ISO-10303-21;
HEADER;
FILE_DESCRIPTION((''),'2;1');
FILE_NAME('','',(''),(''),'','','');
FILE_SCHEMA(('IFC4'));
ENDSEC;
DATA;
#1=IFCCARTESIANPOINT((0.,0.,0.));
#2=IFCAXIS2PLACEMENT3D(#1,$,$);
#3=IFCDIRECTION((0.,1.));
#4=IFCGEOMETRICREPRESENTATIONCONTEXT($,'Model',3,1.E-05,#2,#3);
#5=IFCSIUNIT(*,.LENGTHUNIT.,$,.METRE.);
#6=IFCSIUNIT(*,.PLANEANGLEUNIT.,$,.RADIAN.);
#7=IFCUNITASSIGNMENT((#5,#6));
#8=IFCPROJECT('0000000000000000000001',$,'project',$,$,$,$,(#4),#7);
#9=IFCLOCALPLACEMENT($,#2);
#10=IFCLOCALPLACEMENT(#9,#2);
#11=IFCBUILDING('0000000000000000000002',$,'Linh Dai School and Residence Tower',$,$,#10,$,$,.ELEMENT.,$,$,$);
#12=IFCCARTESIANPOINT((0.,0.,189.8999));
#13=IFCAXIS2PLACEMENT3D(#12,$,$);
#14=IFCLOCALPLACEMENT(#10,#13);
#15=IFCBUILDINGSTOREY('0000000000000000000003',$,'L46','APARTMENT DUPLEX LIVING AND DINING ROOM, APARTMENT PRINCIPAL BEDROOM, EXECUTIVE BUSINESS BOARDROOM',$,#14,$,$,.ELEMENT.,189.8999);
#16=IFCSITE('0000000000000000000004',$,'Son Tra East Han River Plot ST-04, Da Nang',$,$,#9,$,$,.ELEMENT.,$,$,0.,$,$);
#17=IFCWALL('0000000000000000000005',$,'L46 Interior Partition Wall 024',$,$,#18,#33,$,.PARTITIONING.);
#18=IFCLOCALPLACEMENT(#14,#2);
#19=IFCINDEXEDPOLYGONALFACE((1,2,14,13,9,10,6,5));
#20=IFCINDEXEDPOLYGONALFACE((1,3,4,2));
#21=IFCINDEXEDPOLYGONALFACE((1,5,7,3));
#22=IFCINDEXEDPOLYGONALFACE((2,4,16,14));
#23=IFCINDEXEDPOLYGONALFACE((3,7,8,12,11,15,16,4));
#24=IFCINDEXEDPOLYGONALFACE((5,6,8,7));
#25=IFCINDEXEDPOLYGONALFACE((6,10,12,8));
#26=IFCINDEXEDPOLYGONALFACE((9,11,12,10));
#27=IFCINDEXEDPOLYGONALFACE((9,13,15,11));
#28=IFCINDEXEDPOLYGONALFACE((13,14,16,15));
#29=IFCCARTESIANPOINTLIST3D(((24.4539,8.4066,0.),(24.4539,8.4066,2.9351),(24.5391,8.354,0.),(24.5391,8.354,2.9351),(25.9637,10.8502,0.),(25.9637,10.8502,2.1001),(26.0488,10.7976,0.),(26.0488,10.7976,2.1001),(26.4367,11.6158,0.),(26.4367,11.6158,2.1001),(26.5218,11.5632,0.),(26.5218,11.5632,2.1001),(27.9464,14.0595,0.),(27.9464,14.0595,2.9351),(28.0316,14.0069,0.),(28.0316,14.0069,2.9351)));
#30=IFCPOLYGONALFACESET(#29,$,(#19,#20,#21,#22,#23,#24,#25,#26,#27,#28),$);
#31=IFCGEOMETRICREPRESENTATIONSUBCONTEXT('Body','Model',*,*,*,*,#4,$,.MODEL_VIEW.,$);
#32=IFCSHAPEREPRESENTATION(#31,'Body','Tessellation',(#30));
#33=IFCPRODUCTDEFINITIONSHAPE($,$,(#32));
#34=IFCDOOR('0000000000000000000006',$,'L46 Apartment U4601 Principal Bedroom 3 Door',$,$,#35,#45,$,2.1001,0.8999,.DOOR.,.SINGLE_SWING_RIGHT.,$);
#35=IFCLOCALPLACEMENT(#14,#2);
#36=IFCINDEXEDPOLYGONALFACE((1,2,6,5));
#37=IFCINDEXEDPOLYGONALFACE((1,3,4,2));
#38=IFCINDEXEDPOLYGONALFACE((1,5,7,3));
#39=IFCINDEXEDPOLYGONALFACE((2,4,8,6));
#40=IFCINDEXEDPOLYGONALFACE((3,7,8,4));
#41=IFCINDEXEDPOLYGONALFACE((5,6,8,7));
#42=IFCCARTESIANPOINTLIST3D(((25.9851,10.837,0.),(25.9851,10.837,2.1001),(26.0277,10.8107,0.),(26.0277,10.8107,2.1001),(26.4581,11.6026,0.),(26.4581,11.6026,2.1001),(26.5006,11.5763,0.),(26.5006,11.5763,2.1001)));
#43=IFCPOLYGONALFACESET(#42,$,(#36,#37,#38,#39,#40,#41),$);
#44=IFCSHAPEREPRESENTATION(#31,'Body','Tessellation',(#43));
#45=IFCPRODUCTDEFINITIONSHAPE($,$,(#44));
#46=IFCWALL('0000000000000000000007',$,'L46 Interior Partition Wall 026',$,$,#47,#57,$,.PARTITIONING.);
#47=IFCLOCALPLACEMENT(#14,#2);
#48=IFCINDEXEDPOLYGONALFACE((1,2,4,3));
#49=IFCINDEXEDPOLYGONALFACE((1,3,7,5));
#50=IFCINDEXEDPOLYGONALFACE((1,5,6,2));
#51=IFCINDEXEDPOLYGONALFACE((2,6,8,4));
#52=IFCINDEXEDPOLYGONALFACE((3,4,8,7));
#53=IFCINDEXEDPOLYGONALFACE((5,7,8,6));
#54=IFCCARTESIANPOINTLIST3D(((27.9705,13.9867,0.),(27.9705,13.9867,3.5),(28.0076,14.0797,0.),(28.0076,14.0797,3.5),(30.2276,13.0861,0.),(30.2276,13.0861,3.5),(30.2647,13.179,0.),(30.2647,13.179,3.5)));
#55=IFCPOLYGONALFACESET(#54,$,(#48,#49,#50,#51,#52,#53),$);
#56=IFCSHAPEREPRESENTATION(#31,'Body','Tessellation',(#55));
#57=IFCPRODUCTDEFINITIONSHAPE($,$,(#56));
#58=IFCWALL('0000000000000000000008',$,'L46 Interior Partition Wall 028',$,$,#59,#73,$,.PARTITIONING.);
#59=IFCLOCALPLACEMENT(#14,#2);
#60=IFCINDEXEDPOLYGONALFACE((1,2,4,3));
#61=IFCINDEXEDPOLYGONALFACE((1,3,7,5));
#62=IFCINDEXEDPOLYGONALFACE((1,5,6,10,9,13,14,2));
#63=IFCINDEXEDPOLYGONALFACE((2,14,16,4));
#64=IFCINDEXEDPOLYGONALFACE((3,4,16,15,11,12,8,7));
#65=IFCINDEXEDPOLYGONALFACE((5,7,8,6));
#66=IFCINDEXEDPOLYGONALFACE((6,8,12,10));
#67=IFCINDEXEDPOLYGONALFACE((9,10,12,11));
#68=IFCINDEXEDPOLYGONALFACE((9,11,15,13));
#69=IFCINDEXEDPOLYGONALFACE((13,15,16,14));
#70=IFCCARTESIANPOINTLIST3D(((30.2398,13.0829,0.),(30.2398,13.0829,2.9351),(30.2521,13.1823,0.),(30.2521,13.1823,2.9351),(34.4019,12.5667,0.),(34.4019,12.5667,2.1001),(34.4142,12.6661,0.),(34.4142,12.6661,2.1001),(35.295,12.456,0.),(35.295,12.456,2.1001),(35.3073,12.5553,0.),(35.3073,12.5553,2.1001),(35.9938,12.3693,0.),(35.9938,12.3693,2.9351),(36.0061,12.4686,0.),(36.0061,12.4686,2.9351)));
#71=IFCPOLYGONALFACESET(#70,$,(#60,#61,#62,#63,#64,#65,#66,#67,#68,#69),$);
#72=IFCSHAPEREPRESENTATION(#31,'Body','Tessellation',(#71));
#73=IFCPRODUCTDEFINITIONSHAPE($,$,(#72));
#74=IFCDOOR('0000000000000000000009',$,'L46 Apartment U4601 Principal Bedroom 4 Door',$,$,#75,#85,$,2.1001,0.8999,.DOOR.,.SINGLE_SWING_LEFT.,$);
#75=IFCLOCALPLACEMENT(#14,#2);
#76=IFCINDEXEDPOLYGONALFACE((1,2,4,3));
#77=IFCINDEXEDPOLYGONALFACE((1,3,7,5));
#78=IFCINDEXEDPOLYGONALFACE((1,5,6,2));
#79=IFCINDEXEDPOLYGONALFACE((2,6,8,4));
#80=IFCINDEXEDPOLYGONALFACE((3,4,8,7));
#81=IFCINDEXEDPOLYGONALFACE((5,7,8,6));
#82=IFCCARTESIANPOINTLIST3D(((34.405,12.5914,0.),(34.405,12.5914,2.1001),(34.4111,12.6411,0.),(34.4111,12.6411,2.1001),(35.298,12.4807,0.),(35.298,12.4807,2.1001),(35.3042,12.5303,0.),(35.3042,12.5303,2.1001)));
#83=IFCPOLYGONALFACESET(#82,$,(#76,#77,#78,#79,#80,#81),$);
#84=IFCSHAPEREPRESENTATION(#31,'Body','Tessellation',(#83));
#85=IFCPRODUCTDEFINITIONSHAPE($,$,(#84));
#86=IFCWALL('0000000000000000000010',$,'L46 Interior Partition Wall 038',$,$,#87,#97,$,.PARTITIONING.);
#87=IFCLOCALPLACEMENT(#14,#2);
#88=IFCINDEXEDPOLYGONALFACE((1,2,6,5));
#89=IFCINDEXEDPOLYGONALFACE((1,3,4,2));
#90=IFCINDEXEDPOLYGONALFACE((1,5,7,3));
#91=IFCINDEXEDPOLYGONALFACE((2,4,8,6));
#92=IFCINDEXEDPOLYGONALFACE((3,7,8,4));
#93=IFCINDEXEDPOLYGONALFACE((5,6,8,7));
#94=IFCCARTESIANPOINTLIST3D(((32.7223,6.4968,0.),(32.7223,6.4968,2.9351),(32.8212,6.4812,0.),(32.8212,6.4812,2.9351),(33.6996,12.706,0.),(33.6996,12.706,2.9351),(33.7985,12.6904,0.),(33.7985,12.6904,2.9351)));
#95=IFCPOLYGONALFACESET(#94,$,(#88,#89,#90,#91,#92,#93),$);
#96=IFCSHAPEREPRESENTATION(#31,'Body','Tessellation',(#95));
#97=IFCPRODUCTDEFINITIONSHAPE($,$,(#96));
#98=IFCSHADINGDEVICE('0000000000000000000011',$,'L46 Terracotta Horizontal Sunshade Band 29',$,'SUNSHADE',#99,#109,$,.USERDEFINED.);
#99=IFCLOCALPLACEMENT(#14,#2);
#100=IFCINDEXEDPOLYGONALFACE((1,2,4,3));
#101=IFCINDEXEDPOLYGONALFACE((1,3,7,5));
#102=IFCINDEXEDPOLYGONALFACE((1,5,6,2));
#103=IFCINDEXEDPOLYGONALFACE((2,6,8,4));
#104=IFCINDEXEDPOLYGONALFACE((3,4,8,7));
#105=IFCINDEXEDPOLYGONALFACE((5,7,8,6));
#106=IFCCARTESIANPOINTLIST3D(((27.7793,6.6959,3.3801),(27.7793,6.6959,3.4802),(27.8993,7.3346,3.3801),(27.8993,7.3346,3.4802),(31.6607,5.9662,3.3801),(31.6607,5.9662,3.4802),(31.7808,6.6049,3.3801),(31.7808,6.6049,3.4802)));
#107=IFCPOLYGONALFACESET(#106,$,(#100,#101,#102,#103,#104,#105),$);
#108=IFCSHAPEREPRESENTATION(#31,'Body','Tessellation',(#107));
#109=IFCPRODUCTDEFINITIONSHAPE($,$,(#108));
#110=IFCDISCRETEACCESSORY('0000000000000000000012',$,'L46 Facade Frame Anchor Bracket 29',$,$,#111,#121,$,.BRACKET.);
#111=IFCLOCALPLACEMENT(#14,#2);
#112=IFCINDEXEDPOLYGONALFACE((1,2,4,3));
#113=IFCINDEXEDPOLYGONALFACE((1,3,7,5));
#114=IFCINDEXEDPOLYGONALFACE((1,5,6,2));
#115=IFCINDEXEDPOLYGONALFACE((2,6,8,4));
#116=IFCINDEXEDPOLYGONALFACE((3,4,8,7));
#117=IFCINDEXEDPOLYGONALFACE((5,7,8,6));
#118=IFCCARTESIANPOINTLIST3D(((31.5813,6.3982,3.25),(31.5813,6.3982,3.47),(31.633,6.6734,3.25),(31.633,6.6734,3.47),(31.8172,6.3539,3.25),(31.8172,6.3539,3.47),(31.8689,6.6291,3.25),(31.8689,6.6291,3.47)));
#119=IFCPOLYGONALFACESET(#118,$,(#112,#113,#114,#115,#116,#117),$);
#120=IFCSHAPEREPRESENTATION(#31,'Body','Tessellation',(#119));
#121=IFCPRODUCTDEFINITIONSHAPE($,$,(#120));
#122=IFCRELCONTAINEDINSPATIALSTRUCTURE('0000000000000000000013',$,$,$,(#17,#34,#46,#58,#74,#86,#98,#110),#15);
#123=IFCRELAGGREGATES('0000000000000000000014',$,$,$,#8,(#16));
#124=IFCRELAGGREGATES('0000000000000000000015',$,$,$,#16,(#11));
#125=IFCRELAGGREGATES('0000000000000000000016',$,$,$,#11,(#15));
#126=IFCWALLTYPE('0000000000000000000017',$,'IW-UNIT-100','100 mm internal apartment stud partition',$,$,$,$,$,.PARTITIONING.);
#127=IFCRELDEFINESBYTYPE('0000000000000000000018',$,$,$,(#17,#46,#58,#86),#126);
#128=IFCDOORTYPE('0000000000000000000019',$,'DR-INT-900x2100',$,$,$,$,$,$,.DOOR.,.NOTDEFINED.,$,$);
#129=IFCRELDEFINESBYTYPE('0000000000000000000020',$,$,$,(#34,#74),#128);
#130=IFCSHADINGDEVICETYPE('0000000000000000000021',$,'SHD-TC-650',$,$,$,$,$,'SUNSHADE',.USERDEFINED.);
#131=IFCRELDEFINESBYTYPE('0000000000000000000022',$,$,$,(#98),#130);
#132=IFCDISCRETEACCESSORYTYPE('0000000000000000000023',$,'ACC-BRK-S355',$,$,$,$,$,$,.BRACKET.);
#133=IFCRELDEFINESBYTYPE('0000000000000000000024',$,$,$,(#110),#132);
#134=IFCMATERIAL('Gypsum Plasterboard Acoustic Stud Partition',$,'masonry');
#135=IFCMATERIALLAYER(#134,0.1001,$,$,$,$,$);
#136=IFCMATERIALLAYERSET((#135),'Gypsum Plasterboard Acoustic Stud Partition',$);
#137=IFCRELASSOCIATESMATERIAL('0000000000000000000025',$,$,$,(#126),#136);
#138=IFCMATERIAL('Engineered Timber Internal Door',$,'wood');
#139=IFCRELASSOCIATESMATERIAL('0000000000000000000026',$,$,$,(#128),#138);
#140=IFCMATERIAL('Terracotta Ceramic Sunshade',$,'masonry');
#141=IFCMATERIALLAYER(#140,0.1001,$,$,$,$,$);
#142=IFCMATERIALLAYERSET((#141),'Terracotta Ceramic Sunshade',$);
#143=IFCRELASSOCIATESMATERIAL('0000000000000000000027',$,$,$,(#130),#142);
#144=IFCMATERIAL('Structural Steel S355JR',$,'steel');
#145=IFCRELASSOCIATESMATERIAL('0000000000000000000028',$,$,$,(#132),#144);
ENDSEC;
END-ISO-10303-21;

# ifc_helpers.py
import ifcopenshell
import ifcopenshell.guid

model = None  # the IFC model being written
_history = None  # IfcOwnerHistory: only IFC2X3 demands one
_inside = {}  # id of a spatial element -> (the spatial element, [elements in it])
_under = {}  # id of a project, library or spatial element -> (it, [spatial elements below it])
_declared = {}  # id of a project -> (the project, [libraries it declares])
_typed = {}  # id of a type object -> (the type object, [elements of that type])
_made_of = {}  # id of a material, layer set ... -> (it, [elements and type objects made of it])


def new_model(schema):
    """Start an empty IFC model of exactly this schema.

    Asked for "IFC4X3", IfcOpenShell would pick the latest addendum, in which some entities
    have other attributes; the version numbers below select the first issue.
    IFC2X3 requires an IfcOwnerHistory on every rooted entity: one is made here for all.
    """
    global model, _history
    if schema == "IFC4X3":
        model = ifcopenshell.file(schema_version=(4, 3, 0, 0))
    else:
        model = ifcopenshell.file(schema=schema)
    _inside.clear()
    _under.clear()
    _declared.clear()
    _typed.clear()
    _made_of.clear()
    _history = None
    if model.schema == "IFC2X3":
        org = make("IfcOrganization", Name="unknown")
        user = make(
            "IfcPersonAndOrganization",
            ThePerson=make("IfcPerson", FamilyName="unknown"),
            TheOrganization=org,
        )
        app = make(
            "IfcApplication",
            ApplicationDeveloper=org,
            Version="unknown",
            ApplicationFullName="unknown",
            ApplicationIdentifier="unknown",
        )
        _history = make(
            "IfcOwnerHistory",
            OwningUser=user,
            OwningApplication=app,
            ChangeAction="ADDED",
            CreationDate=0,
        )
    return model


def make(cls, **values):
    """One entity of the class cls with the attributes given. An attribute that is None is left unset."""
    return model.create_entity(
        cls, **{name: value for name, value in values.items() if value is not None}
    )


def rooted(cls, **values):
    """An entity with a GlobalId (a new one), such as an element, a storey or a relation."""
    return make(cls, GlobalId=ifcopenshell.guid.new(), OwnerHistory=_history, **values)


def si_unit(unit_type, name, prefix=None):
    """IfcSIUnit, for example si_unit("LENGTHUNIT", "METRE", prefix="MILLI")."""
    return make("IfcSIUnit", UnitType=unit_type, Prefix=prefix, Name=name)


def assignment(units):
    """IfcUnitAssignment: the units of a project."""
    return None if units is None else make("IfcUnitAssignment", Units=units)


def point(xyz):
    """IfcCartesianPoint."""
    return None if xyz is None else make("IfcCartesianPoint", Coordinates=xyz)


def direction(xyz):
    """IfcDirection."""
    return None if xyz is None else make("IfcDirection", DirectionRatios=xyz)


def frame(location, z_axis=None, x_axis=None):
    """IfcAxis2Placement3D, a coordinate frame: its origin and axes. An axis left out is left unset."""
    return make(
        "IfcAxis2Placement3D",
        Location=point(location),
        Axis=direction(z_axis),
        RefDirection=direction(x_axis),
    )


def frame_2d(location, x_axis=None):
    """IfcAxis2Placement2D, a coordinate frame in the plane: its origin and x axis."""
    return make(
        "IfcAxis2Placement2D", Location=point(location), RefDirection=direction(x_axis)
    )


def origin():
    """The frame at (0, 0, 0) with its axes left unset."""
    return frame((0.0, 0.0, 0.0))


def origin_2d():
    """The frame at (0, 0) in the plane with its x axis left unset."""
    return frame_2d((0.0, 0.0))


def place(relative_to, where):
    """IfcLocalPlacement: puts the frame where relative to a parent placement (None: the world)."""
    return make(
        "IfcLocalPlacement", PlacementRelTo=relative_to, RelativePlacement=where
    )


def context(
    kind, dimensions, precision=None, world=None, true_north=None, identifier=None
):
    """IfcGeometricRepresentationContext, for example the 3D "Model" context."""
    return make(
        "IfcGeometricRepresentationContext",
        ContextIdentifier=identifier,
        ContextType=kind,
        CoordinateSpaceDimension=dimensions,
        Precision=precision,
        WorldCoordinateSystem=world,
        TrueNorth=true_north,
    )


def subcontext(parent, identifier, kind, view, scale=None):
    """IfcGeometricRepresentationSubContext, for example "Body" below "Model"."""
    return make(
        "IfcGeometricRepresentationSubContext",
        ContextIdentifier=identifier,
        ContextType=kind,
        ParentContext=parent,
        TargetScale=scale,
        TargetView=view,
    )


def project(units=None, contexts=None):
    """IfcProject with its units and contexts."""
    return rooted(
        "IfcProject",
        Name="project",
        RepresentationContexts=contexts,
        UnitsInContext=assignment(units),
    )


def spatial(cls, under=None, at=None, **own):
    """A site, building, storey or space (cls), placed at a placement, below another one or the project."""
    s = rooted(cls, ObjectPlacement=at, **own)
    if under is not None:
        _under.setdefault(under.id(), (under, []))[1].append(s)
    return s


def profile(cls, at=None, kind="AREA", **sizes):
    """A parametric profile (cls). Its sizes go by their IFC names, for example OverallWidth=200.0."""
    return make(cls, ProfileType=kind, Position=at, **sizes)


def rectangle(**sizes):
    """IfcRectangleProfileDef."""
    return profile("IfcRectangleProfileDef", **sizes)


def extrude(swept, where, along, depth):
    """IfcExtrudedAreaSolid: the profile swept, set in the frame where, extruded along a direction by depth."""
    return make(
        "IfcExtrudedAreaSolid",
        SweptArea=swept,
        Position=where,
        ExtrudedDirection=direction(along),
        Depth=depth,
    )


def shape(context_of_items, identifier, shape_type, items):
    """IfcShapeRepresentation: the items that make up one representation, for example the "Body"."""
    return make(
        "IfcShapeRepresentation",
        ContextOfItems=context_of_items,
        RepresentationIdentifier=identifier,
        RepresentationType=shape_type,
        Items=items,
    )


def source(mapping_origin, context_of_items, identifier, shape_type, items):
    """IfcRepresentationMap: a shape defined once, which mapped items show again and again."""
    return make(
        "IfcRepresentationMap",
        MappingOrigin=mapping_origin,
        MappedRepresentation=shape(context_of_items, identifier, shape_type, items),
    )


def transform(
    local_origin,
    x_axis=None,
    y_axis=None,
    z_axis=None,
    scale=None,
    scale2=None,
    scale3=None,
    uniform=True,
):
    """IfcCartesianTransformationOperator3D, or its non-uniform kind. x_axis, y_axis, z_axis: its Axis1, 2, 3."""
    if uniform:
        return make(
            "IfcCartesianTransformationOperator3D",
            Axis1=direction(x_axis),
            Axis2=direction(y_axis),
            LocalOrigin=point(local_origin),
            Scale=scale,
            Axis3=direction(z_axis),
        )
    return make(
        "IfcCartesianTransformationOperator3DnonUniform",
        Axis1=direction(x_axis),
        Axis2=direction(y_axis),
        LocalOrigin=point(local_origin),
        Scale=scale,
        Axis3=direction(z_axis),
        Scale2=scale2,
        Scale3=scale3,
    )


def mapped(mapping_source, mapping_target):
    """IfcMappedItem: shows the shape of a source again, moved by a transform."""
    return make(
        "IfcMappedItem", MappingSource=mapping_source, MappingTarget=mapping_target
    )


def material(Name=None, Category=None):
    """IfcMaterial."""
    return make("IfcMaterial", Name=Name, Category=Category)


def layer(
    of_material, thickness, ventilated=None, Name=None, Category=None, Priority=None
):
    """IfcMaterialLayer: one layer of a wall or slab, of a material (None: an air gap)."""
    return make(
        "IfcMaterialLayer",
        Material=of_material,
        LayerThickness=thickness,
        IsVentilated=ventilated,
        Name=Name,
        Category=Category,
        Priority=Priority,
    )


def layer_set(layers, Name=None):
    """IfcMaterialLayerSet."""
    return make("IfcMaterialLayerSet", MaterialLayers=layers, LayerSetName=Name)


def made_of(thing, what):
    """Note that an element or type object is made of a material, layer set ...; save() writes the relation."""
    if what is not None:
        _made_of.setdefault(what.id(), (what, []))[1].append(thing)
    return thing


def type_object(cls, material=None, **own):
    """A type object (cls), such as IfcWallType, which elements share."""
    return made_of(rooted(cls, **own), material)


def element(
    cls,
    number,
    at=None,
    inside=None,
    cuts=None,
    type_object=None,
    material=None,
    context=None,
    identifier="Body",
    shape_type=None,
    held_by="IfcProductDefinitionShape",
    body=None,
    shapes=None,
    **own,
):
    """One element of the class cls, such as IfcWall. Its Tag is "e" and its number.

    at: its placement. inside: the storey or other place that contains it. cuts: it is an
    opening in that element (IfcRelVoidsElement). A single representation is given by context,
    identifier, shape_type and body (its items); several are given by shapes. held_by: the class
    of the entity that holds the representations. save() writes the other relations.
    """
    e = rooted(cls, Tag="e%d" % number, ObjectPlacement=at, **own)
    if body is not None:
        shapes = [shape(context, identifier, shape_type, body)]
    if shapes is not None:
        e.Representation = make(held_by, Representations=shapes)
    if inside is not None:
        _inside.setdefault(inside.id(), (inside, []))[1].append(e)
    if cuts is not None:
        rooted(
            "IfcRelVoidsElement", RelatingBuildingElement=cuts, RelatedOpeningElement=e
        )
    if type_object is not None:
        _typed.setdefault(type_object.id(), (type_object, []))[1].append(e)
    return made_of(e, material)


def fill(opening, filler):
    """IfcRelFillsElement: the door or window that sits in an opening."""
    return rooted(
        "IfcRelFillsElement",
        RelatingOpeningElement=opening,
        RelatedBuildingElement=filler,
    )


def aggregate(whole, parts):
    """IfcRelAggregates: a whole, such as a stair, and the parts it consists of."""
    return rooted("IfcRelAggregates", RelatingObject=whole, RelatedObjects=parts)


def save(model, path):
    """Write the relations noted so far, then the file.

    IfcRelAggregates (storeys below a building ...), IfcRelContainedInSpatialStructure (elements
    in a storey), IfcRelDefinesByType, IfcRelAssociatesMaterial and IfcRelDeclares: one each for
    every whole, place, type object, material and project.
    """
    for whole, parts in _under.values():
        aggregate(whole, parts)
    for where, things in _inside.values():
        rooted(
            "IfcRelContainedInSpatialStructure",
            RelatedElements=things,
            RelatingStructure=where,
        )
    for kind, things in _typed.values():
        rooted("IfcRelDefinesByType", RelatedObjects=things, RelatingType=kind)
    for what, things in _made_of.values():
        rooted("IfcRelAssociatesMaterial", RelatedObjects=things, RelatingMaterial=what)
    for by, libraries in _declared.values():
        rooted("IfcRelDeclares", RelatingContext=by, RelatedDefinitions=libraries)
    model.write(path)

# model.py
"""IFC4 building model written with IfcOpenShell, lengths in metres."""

from ifc_helpers import new_model, si_unit, direction, frame, frame_2d, origin, origin_2d, place, context, subcontext, project, spatial, rectangle, extrude, source, transform, mapped, material, layer, layer_set, type_object, element, fill, save


model = new_model("IFC4")

# Units and contexts
model_context = context("Model", 3, precision=1e-05, world=origin(), true_north=direction((0.0, 1.0)))
body_context = subcontext(model_context, "Body", "Model", "MODEL_VIEW")
ifc_project = project(units=[si_unit("LENGTHUNIT", "METRE"), si_unit("PLANEANGLEUNIT", "RADIAN")], contexts=[model_context])

# Site, building, storey
site_placement = place(None, origin())
site = spatial("IfcSite", under=ifc_project, at=site_placement, Name="Son Tra East Han River Plot ST-04, Da Nang", CompositionType="ELEMENT", RefElevation=0.0)
building_placement = place(site_placement, origin())
building = spatial("IfcBuilding", under=site, at=building_placement, Name="Linh Dai School and Residence Tower", CompositionType="ELEMENT")
storey_placement = place(building_placement, frame((0.0, 0.0, 189.8999)))
storey = spatial("IfcBuildingStorey", under=building, at=storey_placement, Name="L46", Description="APARTMENT DUPLEX LIVING AND DINING ROOM, APARTMENT PRINCIPAL BEDROOM, EXECUTIVE BUSINESS BOARDROOM", CompositionType="ELEMENT", Elevation=189.8999)

# Shared definitions
ifc_material_1 = material(Name="Structural Steel S355JR", Category="steel")

# Wall, opening, door
ifc_material_2 = material(Name="Gypsum Plasterboard Acoustic Stud Partition", Category="masonry")
ifc_layer_1 = layer(ifc_material_2, 0.1001)
ifc_layer_set_1 = layer_set([ifc_layer_1], Name="Gypsum Plasterboard Acoustic Stud Partition")
wall_type_1 = type_object("IfcWallType", Name="IW-UNIT-100", Description="100 mm internal apartment stud partition", PredefinedType="PARTITIONING", material=ifc_layer_set_1)
wall_1_placement = place(storey_placement, frame((24.4966, 8.3804, 0.0), z_axis=(0.0, 0.0, 1.0), x_axis=(0.525599, 0.850732, 0.0)))
wall_1 = element("IfcWall", 1, at=wall_1_placement, inside=storey, type_object=wall_type_1, Name="L46 Interior Partition Wall 024", PredefinedType="PARTITIONING", context=body_context, shape_type="SweptSolid", body=[
    extrude(rectangle(XDim=6.6448, YDim=0.1001, at=frame_2d((3.3223, 0.0))), origin(), (0.0, 0.0, 1.0), 2.9351),
])
opening_1_placement = place(wall_1_placement, frame((2.8723, 0.0, 0.0)))
opening_1 = element("IfcOpeningElement", 2, at=opening_1_placement, cuts=wall_1, PredefinedType="OPENING", context=body_context, shape_type="SweptSolid", body=[
    extrude(rectangle(XDim=0.8999, YDim=2.1001, at=origin_2d()), frame((0.45, 0.0601, 1.05), z_axis=(0.0, -1.0, 0.0), x_axis=(1.0, 0.0, 0.0)), (0.0, 0.0, 1.0), 0.1201),
])
ifc_material_3 = material(Name="Engineered Timber Internal Door", Category="wood")
door_type_1 = type_object("IfcDoorType", Name="DR-INT-900x2100", OperationType="NOTDEFINED", PredefinedType="DOOR", material=ifc_material_3)
shared_shape_1 = source(origin(), body_context, "Body", "SweptSolid", [
    extrude(rectangle(XDim=0.8999, YDim=2.1001, at=origin_2d()), frame((0.45, 0.0249, 1.05), z_axis=(0.0, -1.0, 0.0), x_axis=(1.0, 0.0, 0.0)), (0.0, 0.0, 1.0), 0.05),
])
door_1_placement = place(opening_1_placement, origin())
door_1 = element("IfcDoor", 3, at=door_1_placement, inside=storey, type_object=door_type_1, Name="L46 Apartment U4601 Principal Bedroom 3 Door", OperationType="SINGLE_SWING_RIGHT", OverallHeight=2.1001, OverallWidth=0.8999, PredefinedType="DOOR", context=body_context, shape_type="MappedRepresentation", body=[
    mapped(shared_shape_1, transform((0.0, 0.0, 0.0), x_axis=(1.0, 0.0, 0.0), y_axis=(0.0, 1.0, 0.0), z_axis=(0.0, 0.0, 1.0), scale=1.0)),
])
fill(opening_1, door_1)

# Wall
wall_2_placement = place(storey_placement, frame((27.989, 14.0332, 0.0), z_axis=(0.0, 0.0, 1.0), x_axis=(0.928788, -0.370611, 0.0)))
element("IfcWall", 4, at=wall_2_placement, inside=storey, type_object=wall_type_1, Name="L46 Interior Partition Wall 026", PredefinedType="PARTITIONING", context=body_context, shape_type="SweptSolid", body=[
    extrude(rectangle(XDim=2.4302, YDim=0.1001, at=frame_2d((1.2151, 0.0))), origin(), (0.0, 0.0, 1.0), 3.5),
])

# Wall, opening, door
wall_3_placement = place(storey_placement, frame((30.2461, 13.1326, 0.0), z_axis=(0.0, 0.0, 1.0), x_axis=(0.992397, -0.123081, 0.0)))
wall_3 = element("IfcWall", 5, at=wall_3_placement, inside=storey, type_object=wall_type_1, Name="L46 Interior Partition Wall 028", PredefinedType="PARTITIONING", context=body_context, shape_type="SweptSolid", body=[
    extrude(rectangle(XDim=5.7981, YDim=0.1001, at=frame_2d((2.8989, 0.0))), origin(), (0.0, 0.0, 1.0), 2.9351),
])
opening_2_placement = place(wall_3_placement, frame((4.1938, 0.0, 0.0)))
opening_2 = element("IfcOpeningElement", 6, at=opening_2_placement, cuts=wall_3, PredefinedType="OPENING", context=body_context, shape_type="SweptSolid", body=[
    extrude(rectangle(XDim=0.8999, YDim=2.1001, at=origin_2d()), frame((0.45, 0.0601, 1.05), z_axis=(0.0, -1.0, 0.0), x_axis=(1.0, 0.0, 0.0)), (0.0, 0.0, 1.0), 0.1201),
])
door_2_placement = place(opening_2_placement, origin())
door_2 = element("IfcDoor", 7, at=door_2_placement, inside=storey, type_object=door_type_1, Name="L46 Apartment U4601 Principal Bedroom 4 Door", OperationType="SINGLE_SWING_LEFT", OverallHeight=2.1001, OverallWidth=0.8999, PredefinedType="DOOR", context=body_context, shape_type="MappedRepresentation", body=[
    mapped(shared_shape_1, transform((0.0, 0.0, 0.0), x_axis=(1.0, 0.0, 0.0), y_axis=(0.0, 1.0, 0.0), z_axis=(0.0, 0.0, 1.0), scale=1.0)),
])
fill(opening_2, door_2)

# Wall
wall_4_placement = place(storey_placement, frame((32.7717, 6.489, 0.0), z_axis=(0.0, 0.0, 1.0), x_axis=(0.15548, 0.987839, 0.0)))
element("IfcWall", 8, at=wall_4_placement, inside=storey, type_object=wall_type_1, Name="L46 Interior Partition Wall 038", PredefinedType="PARTITIONING", context=body_context, shape_type="SweptSolid", body=[
    extrude(rectangle(XDim=6.2856, YDim=0.1001, at=frame_2d((3.1428, 0.0))), origin(), (0.0, 0.0, 1.0), 2.9351),
])

# Shading device
ifc_material_4 = material(Name="Terracotta Ceramic Sunshade", Category="masonry")
ifc_layer_2 = layer(ifc_material_4, 0.1001)
ifc_layer_set_2 = layer_set([ifc_layer_2], Name="Terracotta Ceramic Sunshade")
shading_device_type = type_object("IfcShadingDeviceType", Name="SHD-TC-650", ElementType="SUNSHADE", PredefinedType="USERDEFINED", material=ifc_layer_set_2)
shared_shape_2 = source(origin(), body_context, "Body", "SweptSolid", [
    extrude(rectangle(XDim=3.9495, YDim=0.6499, at=origin_2d()), origin(), (0.0, 0.0, 1.0), 0.1001),
])
shading_device_placement = place(storey_placement, frame((29.78, 6.6504, 3.3801), z_axis=(0.0, 0.0, 1.0), x_axis=(-0.982783, 0.184763, 0.0)))
element("IfcShadingDevice", 9, at=shading_device_placement, inside=storey, type_object=shading_device_type, Name="L46 Terracotta Horizontal Sunshade Band 29", ObjectType="SUNSHADE", PredefinedType="USERDEFINED", context=body_context, shape_type="MappedRepresentation", body=[
    mapped(shared_shape_2, transform((0.0, 0.0, 0.0), x_axis=(1.0, 0.0, 0.0), y_axis=(0.0, 1.0, 0.0), z_axis=(0.0, 0.0, 1.0), scale=1.0)),
])

# Discrete accessory
discrete_accessory_type = type_object("IfcDiscreteAccessoryType", Name="ACC-BRK-S355", PredefinedType="BRACKET", material=ifc_material_1)
shared_shape_3 = source(origin(), body_context, "Body", "SweptSolid", [
    extrude(rectangle(XDim=0.28, YDim=0.24, at=origin_2d()), origin(), (0.0, 0.0, 1.0), 0.22),
])
discrete_accessory_placement = place(storey_placement, frame((31.7251, 6.5137, 3.25), z_axis=(0.0, 0.0, 1.0), x_axis=(-0.184763, -0.982783, 0.0)))
element("IfcDiscreteAccessory", 10, at=discrete_accessory_placement, inside=storey, type_object=discrete_accessory_type, Name="L46 Facade Frame Anchor Bracket 29", PredefinedType="BRACKET", context=body_context, shape_type="MappedRepresentation", body=[
    mapped(shared_shape_3, transform((0.0, 0.0, 0.0), x_axis=(1.0, 0.0, 0.0), y_axis=(0.0, 1.0, 0.0), z_axis=(0.0, 0.0, 1.0), scale=1.0)),
])

save(model, "model.ifc")
